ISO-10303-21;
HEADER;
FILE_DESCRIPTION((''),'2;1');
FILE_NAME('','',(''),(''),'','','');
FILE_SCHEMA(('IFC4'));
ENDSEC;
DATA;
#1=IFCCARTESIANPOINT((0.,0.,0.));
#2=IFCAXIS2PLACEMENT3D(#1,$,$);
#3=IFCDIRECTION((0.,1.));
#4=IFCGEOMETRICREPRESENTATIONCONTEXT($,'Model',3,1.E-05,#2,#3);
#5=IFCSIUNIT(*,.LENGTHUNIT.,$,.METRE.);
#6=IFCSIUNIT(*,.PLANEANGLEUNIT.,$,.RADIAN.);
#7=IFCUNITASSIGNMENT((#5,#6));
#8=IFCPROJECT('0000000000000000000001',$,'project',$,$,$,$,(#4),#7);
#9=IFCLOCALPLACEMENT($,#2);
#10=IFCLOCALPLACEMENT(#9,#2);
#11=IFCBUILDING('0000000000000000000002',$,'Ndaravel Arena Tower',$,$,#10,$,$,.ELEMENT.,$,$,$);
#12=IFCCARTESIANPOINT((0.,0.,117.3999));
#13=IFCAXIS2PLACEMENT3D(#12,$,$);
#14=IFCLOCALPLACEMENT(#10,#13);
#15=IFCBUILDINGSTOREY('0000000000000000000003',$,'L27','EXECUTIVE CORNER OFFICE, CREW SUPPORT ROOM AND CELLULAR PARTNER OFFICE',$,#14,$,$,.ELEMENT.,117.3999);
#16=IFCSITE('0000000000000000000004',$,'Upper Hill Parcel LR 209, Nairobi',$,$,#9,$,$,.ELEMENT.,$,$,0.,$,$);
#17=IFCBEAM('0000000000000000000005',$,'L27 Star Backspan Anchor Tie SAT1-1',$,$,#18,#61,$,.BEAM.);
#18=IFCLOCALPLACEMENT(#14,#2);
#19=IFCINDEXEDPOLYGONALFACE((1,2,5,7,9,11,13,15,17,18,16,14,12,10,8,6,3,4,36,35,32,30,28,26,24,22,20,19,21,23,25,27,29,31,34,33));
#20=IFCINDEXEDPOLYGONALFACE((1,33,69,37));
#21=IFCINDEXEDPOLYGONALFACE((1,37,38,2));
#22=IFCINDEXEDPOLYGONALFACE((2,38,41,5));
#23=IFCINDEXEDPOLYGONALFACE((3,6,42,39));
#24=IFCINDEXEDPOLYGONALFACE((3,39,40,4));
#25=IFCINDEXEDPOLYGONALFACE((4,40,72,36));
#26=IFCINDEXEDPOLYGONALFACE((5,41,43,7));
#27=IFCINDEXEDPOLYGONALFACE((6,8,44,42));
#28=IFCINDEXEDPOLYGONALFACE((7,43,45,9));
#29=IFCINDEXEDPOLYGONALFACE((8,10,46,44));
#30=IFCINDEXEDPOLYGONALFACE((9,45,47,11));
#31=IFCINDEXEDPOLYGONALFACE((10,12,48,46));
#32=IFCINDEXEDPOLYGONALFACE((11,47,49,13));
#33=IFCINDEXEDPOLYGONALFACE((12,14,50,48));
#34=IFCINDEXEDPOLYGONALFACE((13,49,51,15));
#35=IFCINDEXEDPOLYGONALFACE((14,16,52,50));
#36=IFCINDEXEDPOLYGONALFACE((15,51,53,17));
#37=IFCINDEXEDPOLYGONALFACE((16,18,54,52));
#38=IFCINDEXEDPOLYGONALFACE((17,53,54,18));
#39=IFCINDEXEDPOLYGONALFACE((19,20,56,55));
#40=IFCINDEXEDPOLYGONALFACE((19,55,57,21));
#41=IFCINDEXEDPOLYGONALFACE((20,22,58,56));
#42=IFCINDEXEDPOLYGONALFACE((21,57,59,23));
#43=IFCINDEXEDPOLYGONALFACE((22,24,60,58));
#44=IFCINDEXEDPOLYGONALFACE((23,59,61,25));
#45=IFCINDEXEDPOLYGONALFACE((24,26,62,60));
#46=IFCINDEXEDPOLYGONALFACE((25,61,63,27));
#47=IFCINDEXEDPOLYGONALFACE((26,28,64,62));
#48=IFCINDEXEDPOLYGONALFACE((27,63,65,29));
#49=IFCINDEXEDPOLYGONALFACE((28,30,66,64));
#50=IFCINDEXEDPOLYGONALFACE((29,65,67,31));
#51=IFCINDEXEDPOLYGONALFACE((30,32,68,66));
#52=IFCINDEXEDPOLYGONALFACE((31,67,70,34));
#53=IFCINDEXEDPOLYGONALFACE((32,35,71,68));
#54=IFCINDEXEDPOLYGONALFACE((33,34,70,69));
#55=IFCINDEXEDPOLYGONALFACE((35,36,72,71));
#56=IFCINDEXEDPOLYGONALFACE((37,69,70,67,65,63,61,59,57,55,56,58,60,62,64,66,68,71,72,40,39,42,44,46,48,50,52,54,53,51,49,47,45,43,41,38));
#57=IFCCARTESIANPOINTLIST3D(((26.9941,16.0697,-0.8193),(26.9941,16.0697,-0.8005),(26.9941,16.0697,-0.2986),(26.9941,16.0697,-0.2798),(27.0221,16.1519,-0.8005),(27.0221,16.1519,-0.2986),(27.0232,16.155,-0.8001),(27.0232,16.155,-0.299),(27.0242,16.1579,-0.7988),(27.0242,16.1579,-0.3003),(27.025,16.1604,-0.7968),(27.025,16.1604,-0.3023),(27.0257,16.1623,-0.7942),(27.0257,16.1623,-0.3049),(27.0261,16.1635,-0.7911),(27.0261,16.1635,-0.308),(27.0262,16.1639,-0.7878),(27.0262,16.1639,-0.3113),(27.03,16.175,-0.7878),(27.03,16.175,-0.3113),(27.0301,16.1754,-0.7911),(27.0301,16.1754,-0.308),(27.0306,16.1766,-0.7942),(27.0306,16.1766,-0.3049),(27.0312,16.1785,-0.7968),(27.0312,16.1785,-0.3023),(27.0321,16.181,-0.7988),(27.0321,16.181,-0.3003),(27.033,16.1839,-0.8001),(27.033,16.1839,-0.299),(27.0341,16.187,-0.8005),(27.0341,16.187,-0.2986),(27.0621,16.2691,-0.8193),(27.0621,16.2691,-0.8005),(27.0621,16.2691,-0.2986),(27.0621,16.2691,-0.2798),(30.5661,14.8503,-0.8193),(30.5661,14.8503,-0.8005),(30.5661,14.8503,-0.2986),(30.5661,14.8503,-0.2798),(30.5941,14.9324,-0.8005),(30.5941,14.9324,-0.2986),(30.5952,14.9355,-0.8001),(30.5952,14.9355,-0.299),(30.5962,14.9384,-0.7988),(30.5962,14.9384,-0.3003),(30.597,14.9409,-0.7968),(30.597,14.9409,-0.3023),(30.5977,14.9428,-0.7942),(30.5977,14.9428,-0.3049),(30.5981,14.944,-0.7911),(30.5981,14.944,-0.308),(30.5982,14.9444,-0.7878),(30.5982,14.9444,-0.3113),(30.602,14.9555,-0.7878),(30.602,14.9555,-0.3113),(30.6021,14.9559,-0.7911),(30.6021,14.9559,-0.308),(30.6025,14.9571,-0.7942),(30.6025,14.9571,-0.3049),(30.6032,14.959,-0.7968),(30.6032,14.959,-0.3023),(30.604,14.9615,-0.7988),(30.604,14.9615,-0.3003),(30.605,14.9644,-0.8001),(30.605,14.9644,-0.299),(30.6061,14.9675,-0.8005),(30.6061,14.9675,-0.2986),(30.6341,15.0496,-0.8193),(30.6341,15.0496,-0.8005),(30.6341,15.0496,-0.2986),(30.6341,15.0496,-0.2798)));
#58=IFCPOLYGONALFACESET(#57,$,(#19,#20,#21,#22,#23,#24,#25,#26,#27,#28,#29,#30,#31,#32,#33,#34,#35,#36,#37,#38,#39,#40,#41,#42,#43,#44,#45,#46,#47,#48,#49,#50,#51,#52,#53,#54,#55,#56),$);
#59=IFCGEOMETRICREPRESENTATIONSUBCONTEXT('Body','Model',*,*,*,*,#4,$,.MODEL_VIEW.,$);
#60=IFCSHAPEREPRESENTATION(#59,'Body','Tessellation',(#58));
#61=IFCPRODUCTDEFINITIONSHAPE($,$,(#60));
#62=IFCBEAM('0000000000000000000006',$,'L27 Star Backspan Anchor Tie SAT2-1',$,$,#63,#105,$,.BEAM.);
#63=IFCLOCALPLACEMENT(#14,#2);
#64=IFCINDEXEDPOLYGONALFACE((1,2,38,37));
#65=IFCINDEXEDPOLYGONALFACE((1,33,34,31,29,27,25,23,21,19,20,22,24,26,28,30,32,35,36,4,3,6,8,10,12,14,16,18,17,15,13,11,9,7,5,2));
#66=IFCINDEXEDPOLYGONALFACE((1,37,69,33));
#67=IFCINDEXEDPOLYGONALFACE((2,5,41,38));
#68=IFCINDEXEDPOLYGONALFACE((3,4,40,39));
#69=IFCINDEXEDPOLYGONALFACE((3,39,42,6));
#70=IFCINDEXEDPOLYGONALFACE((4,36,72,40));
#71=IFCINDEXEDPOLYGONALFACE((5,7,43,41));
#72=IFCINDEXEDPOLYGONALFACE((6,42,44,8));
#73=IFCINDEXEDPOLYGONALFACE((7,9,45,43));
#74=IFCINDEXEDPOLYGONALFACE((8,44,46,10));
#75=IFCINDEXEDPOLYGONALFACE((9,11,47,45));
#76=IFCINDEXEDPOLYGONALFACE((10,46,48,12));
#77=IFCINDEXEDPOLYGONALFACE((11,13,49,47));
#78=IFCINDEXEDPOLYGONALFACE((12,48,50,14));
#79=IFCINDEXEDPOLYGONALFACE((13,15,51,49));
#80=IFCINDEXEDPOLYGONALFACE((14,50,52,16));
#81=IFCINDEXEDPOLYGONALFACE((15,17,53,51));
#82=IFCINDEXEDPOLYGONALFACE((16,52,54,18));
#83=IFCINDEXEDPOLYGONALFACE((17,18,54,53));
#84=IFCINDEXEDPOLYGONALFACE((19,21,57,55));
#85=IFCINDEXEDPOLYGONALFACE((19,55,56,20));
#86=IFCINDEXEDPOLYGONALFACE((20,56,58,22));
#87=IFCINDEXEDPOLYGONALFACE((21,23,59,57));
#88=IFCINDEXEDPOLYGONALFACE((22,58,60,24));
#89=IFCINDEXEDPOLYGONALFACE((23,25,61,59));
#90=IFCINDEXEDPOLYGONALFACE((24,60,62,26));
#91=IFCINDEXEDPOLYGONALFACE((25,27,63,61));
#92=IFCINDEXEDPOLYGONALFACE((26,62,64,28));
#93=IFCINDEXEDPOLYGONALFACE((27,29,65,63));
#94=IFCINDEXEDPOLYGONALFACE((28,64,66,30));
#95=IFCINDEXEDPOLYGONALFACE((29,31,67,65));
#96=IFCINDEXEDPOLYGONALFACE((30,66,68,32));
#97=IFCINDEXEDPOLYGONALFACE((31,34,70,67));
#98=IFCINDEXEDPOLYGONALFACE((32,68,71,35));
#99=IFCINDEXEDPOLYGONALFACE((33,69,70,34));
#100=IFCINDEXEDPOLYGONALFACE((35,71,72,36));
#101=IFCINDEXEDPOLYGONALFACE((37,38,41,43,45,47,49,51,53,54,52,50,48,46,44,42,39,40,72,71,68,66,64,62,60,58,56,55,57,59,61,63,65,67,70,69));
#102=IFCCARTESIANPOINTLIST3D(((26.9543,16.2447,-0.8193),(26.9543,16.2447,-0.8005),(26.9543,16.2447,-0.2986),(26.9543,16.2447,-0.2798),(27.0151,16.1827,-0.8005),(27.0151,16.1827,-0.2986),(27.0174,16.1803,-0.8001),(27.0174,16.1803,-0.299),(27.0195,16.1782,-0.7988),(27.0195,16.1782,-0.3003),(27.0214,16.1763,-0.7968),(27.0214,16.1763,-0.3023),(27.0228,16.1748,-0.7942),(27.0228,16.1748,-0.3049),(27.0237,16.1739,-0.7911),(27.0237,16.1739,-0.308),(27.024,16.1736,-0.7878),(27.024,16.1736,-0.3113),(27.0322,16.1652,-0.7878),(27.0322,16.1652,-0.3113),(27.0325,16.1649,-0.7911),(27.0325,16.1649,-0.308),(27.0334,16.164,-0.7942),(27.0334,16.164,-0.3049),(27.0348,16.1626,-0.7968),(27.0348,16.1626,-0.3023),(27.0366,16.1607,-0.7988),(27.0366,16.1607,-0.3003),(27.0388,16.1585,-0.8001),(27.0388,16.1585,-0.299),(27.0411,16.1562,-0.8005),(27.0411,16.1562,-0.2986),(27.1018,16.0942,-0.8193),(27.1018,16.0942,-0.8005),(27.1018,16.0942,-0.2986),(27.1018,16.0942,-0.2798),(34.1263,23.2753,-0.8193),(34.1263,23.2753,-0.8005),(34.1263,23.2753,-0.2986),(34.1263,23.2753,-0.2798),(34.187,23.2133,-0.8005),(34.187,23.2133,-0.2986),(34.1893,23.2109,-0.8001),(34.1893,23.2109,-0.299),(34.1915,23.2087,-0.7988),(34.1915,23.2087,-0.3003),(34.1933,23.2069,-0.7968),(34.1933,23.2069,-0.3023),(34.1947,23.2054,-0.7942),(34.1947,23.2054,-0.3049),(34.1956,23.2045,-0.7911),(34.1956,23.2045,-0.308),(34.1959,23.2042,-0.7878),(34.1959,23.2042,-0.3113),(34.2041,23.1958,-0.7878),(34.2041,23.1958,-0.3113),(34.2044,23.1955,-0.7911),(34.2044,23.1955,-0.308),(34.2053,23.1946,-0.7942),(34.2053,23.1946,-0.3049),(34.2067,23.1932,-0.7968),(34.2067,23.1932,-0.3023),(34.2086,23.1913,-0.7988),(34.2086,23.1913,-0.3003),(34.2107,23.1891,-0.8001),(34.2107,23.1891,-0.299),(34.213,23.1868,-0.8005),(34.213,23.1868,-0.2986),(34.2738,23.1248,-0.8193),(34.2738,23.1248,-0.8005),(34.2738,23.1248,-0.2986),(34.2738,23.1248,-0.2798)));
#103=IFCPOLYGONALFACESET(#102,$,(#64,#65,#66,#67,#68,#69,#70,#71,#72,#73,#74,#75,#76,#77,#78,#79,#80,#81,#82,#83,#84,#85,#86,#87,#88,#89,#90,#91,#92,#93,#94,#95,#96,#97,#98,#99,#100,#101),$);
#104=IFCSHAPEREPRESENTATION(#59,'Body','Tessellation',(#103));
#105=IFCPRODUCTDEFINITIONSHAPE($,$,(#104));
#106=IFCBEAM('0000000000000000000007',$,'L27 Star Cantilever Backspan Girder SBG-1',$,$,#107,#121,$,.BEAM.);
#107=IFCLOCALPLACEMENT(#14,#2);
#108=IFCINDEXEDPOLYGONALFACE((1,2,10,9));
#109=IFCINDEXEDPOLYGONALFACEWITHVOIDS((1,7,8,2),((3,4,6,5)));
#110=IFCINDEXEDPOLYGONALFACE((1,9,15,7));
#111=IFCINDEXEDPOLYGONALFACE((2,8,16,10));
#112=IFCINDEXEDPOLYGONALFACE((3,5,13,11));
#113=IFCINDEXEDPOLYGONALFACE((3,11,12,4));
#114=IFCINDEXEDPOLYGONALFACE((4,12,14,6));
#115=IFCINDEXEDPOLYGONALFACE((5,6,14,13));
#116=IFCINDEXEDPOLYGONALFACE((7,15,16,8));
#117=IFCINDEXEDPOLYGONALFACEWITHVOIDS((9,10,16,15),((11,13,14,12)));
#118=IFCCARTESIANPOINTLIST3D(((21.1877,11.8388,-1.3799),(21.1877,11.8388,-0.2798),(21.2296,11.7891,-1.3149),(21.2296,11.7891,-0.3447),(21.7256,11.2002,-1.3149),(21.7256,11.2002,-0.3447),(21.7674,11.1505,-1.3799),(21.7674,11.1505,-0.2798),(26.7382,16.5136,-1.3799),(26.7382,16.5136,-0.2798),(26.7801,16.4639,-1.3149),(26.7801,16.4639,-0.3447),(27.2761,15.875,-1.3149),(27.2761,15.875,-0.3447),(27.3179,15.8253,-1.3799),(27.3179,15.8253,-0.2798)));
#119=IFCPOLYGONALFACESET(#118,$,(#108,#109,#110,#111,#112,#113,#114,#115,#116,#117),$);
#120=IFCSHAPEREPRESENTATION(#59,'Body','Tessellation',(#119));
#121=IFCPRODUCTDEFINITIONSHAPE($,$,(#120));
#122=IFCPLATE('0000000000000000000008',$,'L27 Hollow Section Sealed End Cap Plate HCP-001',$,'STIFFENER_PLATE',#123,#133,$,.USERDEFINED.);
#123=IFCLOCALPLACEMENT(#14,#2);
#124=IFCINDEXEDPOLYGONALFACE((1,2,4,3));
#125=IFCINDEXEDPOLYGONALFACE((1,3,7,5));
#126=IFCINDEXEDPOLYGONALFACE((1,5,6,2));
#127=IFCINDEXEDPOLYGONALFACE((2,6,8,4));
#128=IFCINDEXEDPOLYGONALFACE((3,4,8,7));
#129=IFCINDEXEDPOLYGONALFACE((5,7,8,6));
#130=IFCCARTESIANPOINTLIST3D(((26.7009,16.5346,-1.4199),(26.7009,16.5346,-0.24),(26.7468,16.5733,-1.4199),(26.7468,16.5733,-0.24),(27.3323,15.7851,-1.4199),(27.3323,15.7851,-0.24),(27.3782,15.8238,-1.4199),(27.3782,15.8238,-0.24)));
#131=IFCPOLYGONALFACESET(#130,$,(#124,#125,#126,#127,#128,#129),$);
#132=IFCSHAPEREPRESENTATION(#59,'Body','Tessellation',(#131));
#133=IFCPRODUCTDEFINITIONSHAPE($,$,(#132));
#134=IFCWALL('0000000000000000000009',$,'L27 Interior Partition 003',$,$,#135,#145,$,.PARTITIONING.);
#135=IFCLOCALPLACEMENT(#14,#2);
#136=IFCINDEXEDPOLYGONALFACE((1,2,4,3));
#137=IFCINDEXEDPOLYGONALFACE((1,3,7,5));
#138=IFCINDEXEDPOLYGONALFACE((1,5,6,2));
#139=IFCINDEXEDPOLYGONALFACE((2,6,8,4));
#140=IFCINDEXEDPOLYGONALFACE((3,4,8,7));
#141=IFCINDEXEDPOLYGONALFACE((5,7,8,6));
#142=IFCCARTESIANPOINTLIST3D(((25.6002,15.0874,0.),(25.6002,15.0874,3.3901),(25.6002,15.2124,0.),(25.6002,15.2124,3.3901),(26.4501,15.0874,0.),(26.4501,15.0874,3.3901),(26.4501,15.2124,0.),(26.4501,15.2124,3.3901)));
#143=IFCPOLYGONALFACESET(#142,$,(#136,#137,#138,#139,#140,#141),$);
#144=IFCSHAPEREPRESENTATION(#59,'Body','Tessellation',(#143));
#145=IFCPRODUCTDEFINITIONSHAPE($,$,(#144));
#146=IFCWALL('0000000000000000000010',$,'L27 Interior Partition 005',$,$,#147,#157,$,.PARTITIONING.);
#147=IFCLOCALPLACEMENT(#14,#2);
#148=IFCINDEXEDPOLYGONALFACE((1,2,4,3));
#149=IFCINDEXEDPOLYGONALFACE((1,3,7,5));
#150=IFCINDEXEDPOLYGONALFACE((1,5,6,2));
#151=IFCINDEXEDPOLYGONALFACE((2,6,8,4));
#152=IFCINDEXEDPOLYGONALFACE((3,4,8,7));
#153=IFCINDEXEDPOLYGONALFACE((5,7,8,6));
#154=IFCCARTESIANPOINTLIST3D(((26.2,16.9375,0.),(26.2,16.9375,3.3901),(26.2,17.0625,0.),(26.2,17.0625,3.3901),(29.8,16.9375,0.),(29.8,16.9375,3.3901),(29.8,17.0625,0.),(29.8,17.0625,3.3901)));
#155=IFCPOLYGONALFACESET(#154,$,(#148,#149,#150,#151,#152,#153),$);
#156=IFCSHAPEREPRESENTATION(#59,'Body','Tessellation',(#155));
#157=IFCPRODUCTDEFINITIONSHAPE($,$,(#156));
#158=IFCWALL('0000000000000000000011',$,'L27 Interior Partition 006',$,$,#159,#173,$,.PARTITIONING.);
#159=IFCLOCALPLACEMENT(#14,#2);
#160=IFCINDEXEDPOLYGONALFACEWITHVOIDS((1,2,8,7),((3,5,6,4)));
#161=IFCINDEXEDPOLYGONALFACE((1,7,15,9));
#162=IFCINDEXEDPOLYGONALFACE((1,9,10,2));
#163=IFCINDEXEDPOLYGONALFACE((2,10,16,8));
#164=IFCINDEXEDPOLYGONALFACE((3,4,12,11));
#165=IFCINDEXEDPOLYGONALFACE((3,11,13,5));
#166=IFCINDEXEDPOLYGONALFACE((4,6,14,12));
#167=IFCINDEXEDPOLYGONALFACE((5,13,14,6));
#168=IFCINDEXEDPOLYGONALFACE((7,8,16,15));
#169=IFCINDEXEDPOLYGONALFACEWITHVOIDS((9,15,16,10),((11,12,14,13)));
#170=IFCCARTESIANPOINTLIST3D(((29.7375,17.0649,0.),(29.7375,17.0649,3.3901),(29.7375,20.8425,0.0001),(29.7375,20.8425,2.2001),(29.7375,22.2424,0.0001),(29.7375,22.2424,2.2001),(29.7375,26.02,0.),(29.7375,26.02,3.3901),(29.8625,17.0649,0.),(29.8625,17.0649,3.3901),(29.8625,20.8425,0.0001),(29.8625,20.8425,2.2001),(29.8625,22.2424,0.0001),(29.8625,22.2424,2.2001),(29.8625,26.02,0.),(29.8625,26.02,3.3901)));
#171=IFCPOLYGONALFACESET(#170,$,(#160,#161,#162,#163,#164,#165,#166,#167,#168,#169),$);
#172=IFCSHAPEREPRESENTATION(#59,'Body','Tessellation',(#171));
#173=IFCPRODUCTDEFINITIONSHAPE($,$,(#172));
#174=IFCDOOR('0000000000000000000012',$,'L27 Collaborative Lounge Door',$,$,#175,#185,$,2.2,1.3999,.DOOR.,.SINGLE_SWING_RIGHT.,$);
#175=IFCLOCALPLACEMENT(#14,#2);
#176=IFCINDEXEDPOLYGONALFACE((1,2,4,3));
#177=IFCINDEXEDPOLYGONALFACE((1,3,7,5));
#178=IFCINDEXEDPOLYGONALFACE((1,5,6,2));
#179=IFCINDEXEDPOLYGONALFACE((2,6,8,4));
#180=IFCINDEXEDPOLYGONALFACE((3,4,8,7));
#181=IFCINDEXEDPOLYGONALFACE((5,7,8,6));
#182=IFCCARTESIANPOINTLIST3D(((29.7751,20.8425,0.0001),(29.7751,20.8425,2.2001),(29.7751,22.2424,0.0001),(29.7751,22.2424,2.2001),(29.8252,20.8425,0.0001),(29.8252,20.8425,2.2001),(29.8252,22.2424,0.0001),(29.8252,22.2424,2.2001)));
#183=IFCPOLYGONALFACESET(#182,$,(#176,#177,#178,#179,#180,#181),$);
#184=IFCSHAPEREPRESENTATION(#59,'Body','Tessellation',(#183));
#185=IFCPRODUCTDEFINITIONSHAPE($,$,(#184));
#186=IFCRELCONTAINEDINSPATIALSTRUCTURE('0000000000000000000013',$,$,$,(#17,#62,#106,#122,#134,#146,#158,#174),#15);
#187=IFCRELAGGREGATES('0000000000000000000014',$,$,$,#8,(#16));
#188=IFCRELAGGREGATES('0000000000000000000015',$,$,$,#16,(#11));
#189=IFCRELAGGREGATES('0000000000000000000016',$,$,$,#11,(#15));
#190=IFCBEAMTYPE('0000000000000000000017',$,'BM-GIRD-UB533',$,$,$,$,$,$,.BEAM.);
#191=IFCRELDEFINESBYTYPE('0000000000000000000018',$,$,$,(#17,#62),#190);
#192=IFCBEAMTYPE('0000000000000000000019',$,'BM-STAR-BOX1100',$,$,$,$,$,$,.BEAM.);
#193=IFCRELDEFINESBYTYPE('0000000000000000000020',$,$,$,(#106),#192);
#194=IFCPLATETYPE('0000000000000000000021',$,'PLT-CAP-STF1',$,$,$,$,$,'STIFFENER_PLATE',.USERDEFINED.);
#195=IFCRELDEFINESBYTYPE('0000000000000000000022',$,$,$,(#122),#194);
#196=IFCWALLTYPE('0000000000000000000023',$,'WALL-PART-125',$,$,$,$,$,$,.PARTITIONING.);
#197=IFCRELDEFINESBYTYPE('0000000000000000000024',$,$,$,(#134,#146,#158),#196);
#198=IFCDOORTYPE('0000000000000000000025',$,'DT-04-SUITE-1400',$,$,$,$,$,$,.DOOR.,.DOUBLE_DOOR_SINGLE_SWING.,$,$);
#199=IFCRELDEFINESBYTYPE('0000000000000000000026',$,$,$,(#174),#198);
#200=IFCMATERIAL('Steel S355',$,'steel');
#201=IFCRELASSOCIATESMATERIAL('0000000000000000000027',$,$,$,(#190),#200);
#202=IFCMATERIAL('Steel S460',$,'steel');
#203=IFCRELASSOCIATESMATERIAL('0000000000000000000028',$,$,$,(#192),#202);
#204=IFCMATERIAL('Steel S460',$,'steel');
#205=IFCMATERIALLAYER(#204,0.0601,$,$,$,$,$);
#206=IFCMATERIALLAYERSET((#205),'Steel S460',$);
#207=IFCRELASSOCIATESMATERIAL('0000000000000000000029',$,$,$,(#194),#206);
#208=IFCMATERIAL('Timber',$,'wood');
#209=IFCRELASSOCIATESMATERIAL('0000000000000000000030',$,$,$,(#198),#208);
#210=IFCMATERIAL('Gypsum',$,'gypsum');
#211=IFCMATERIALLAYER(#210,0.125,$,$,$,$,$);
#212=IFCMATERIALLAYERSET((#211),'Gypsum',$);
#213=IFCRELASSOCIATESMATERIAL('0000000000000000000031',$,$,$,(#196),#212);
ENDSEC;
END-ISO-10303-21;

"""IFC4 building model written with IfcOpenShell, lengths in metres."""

from ifc_helpers import new_model, si_unit, direction, frame, frame_2d, origin, origin_2d, place, context, subcontext, project, spatial, rectangle, hollow_rectangle, i_section, extrude, material, layer, layer_set, material_profile, profile_set, type_object, element, fill, save


model = new_model("IFC4")

# Units and contexts
model_context = context("Model", 3, precision=1e-05, world=origin(), true_north=direction((0.0, 1.0)))
body_context = subcontext(model_context, "Body", "Model", "MODEL_VIEW")
ifc_project = project(units=[si_unit("LENGTHUNIT", "METRE"), si_unit("PLANEANGLEUNIT", "RADIAN")], contexts=[model_context])

# Site, building, storey
site_placement = place(None, origin())
site = spatial("IfcSite", under=ifc_project, at=site_placement, Name="Upper Hill Parcel LR 209, Nairobi", CompositionType="ELEMENT", RefElevation=0.0)
building_placement = place(site_placement, origin())
building = spatial("IfcBuilding", under=site, at=building_placement, Name="Ndaravel Arena Tower", CompositionType="ELEMENT")
storey_placement = place(building_placement, frame((0.0, 0.0, 117.3999)))
storey = spatial("IfcBuildingStorey", under=building, at=storey_placement, Name="L27", Description="EXECUTIVE CORNER OFFICE, CREW SUPPORT ROOM AND CELLULAR PARTNER OFFICE", CompositionType="ELEMENT", Elevation=117.3999)

# Beams
ifc_material_1 = material(Name="Steel S355", Category="steel")
ifc_material_profile_1 = material_profile(ifc_material_1, i_section(OverallWidth=0.2107, OverallDepth=0.5396, WebThickness=0.0117, FlangeThickness=0.0188, FilletRadius=0.0127, at=origin_2d()), Name="UB 533x210x109")
ifc_profile_set_1 = profile_set([ifc_material_profile_1], Name="Steel S355")
beam_type_1 = type_object("IfcBeamType", Name="BM-GIRD-UB533", PredefinedType="BEAM", material=ifc_profile_set_1)
beam_1_placement = place(storey_placement, frame((30.6001, 14.95, -0.5496), z_axis=(-0.946369, 0.323089, 0.0), x_axis=(-0.323089, -0.946369, 0.0)))
element("IfcBeam", 1, at=beam_1_placement, inside=storey, type_object=beam_type_1, Name="L27 Star Backspan Anchor Tie SAT1-1", PredefinedType="BEAM", context=body_context, shape_type="SweptSolid", body=[
    extrude(i_section(OverallWidth=0.2107, OverallDepth=0.5396, WebThickness=0.0117, FlangeThickness=0.0188, FilletRadius=0.0127, at=origin_2d()), origin(), (0.0, 0.0, 1.0), 3.7744),
])
beam_2_placement = place(storey_placement, frame((27.0281, 16.1694, -0.5496), z_axis=(0.714109, 0.700034, 0.0), x_axis=(-0.700034, 0.714109, 0.0)))
element("IfcBeam", 2, at=beam_2_placement, inside=storey, type_object=beam_type_1, Name="L27 Star Backspan Anchor Tie SAT2-1", PredefinedType="BEAM", context=body_context, shape_type="SweptSolid", body=[
    extrude(i_section(OverallWidth=0.2107, OverallDepth=0.5396, WebThickness=0.0117, FlangeThickness=0.0188, FilletRadius=0.0127, at=origin_2d()), origin(), (0.0, 0.0, 1.0), 10.0432),
])
ifc_material_2 = material(Name="Steel S460", Category="steel")
ifc_material_profile_2 = material_profile(ifc_material_2, hollow_rectangle(XDim=0.8999, YDim=1.1001, WallThickness=0.0649, at=origin_2d()), Name="BOX 1100x900x65")
ifc_profile_set_2 = profile_set([ifc_material_profile_2], Name="Steel S460")
beam_type_2 = type_object("IfcBeamType", Name="BM-STAR-BOX1100", PredefinedType="BEAM", material=ifc_profile_set_2)
beam_3_placement = place(storey_placement, frame((27.0281, 16.1694, -0.8298), z_axis=(-0.764866, -0.64419, 0.0), x_axis=(0.64419, -0.764866, 0.0)))
element("IfcBeam", 3, at=beam_3_placement, inside=storey, type_object=beam_type_2, Name="L27 Star Cantilever Backspan Girder SBG-1", PredefinedType="BEAM", context=body_context, shape_type="SweptSolid", body=[
    extrude(hollow_rectangle(XDim=0.8999, YDim=1.1001, WallThickness=0.0649, at=origin_2d()), origin(), (0.0, 0.0, 1.0), 7.2568),
])

# Plate
ifc_material_3 = material(Name="Steel S460", Category="steel")
ifc_layer_1 = layer(ifc_material_3, 0.0601)
ifc_layer_set_1 = layer_set([ifc_layer_1], Name="Steel S460")
plate_type = type_object("IfcPlateType", Name="PLT-CAP-STF1", ElementType="STIFFENER_PLATE", PredefinedType="USERDEFINED", material=ifc_layer_set_1)
plate_placement = place(storey_placement, frame((27.0396, 16.1792, -1.4199), z_axis=(0.0, 0.0, 1.0), x_axis=(-0.764809, -0.644257, 0.0)))
element("IfcPlate", 4, at=plate_placement, inside=storey, type_object=plate_type, Name="L27 Hollow Section Sealed End Cap Plate HCP-001", ObjectType="STIFFENER_PLATE", PredefinedType="USERDEFINED", context=body_context, shape_type="SweptSolid", body=[
    extrude(rectangle(XDim=0.0601, YDim=0.98, at=origin_2d()), origin(), (0.0, 0.0, 1.0), 1.1799),
])

# Shared definitions
ifc_material_4 = material(Name="Timber", Category="wood")
door_type_1 = type_object("IfcDoorType", Name="DT-04-SUITE-1400", OperationType="DOUBLE_DOOR_SINGLE_SWING", PredefinedType="DOOR", material=ifc_material_4)

# Walls
ifc_material_5 = material(Name="Gypsum", Category="gypsum")
ifc_layer_2 = layer(ifc_material_5, 0.125)
ifc_layer_set_2 = layer_set([ifc_layer_2], Name="Gypsum")
wall_type_1 = type_object("IfcWallType", Name="WALL-PART-125", PredefinedType="PARTITIONING", material=ifc_layer_set_2)
wall_1_placement = place(storey_placement, frame((26.45, 15.1499, 0.0), z_axis=(0.0, 0.0, 1.0), x_axis=(-1.0, 0.0, 0.0)))
element("IfcWall", 5, at=wall_1_placement, inside=storey, type_object=wall_type_1, Name="L27 Interior Partition 003", PredefinedType="PARTITIONING", context=body_context, shape_type="SweptSolid", body=[
    extrude(rectangle(XDim=0.8499, YDim=0.125, at=frame_2d((0.4248, 0.0))), origin(), (0.0, 0.0, 1.0), 3.3901),
])
wall_2_placement = place(storey_placement, frame((26.2, 17.0, 0.0), z_axis=(0.0, 0.0, 1.0), x_axis=(1.0, 0.0, 0.0)))
element("IfcWall", 6, at=wall_2_placement, inside=storey, type_object=wall_type_1, Name="L27 Interior Partition 005", PredefinedType="PARTITIONING", context=body_context, shape_type="SweptSolid", body=[
    extrude(rectangle(XDim=3.6001, YDim=0.125, at=frame_2d((1.8, 0.0))), origin(), (0.0, 0.0, 1.0), 3.3901),
])

# Wall, opening, door
wall_3_placement = place(storey_placement, frame((29.8, 17.0649, 0.0), z_axis=(0.0, 0.0, 1.0), x_axis=(0.0, 1.0, 0.0)))
wall_3 = element("IfcWall", 7, at=wall_3_placement, inside=storey, type_object=wall_type_1, Name="L27 Interior Partition 006", PredefinedType="PARTITIONING", context=body_context, shape_type="SweptSolid", body=[
    extrude(rectangle(XDim=8.9551, YDim=0.125, at=frame_2d((4.4775, 0.0))), origin(), (0.0, 0.0, 1.0), 3.3901),
])
opening_1_placement = place(wall_3_placement, frame((3.7776, 0.0, 0.0)))
opening_1 = element("IfcOpeningElement", 8, at=opening_1_placement, cuts=wall_3, PredefinedType="OPENING", context=body_context, shape_type="SweptSolid", body=[
    extrude(rectangle(XDim=1.3999, YDim=2.2, at=frame_2d((0.7, 1.1001))), frame((0.0, 0.0625, 0.0), z_axis=(0.0, -1.0, 0.0), x_axis=(1.0, 0.0, 0.0)), (0.0, 0.0, 1.0), 0.125),
])
door_1_placement = place(opening_1_placement, origin())
door_1 = element("IfcDoor", 9, at=door_1_placement, inside=storey, type_object=door_type_1, Name="L27 Collaborative Lounge Door", OperationType="SINGLE_SWING_RIGHT", OverallHeight=2.2, OverallWidth=1.3999, PredefinedType="DOOR", context=body_context, shape_type="SweptSolid", body=[
    extrude(rectangle(XDim=1.3999, YDim=2.2, at=frame_2d((0.7, 1.1001))), frame((0.0, 0.0249, 0.0), z_axis=(0.0, -1.0, 0.0), x_axis=(1.0, 0.0, 0.0)), (0.0, 0.0, 1.0), 0.05),
])
fill(opening_1, door_1)

save(model, "model.ifc")
